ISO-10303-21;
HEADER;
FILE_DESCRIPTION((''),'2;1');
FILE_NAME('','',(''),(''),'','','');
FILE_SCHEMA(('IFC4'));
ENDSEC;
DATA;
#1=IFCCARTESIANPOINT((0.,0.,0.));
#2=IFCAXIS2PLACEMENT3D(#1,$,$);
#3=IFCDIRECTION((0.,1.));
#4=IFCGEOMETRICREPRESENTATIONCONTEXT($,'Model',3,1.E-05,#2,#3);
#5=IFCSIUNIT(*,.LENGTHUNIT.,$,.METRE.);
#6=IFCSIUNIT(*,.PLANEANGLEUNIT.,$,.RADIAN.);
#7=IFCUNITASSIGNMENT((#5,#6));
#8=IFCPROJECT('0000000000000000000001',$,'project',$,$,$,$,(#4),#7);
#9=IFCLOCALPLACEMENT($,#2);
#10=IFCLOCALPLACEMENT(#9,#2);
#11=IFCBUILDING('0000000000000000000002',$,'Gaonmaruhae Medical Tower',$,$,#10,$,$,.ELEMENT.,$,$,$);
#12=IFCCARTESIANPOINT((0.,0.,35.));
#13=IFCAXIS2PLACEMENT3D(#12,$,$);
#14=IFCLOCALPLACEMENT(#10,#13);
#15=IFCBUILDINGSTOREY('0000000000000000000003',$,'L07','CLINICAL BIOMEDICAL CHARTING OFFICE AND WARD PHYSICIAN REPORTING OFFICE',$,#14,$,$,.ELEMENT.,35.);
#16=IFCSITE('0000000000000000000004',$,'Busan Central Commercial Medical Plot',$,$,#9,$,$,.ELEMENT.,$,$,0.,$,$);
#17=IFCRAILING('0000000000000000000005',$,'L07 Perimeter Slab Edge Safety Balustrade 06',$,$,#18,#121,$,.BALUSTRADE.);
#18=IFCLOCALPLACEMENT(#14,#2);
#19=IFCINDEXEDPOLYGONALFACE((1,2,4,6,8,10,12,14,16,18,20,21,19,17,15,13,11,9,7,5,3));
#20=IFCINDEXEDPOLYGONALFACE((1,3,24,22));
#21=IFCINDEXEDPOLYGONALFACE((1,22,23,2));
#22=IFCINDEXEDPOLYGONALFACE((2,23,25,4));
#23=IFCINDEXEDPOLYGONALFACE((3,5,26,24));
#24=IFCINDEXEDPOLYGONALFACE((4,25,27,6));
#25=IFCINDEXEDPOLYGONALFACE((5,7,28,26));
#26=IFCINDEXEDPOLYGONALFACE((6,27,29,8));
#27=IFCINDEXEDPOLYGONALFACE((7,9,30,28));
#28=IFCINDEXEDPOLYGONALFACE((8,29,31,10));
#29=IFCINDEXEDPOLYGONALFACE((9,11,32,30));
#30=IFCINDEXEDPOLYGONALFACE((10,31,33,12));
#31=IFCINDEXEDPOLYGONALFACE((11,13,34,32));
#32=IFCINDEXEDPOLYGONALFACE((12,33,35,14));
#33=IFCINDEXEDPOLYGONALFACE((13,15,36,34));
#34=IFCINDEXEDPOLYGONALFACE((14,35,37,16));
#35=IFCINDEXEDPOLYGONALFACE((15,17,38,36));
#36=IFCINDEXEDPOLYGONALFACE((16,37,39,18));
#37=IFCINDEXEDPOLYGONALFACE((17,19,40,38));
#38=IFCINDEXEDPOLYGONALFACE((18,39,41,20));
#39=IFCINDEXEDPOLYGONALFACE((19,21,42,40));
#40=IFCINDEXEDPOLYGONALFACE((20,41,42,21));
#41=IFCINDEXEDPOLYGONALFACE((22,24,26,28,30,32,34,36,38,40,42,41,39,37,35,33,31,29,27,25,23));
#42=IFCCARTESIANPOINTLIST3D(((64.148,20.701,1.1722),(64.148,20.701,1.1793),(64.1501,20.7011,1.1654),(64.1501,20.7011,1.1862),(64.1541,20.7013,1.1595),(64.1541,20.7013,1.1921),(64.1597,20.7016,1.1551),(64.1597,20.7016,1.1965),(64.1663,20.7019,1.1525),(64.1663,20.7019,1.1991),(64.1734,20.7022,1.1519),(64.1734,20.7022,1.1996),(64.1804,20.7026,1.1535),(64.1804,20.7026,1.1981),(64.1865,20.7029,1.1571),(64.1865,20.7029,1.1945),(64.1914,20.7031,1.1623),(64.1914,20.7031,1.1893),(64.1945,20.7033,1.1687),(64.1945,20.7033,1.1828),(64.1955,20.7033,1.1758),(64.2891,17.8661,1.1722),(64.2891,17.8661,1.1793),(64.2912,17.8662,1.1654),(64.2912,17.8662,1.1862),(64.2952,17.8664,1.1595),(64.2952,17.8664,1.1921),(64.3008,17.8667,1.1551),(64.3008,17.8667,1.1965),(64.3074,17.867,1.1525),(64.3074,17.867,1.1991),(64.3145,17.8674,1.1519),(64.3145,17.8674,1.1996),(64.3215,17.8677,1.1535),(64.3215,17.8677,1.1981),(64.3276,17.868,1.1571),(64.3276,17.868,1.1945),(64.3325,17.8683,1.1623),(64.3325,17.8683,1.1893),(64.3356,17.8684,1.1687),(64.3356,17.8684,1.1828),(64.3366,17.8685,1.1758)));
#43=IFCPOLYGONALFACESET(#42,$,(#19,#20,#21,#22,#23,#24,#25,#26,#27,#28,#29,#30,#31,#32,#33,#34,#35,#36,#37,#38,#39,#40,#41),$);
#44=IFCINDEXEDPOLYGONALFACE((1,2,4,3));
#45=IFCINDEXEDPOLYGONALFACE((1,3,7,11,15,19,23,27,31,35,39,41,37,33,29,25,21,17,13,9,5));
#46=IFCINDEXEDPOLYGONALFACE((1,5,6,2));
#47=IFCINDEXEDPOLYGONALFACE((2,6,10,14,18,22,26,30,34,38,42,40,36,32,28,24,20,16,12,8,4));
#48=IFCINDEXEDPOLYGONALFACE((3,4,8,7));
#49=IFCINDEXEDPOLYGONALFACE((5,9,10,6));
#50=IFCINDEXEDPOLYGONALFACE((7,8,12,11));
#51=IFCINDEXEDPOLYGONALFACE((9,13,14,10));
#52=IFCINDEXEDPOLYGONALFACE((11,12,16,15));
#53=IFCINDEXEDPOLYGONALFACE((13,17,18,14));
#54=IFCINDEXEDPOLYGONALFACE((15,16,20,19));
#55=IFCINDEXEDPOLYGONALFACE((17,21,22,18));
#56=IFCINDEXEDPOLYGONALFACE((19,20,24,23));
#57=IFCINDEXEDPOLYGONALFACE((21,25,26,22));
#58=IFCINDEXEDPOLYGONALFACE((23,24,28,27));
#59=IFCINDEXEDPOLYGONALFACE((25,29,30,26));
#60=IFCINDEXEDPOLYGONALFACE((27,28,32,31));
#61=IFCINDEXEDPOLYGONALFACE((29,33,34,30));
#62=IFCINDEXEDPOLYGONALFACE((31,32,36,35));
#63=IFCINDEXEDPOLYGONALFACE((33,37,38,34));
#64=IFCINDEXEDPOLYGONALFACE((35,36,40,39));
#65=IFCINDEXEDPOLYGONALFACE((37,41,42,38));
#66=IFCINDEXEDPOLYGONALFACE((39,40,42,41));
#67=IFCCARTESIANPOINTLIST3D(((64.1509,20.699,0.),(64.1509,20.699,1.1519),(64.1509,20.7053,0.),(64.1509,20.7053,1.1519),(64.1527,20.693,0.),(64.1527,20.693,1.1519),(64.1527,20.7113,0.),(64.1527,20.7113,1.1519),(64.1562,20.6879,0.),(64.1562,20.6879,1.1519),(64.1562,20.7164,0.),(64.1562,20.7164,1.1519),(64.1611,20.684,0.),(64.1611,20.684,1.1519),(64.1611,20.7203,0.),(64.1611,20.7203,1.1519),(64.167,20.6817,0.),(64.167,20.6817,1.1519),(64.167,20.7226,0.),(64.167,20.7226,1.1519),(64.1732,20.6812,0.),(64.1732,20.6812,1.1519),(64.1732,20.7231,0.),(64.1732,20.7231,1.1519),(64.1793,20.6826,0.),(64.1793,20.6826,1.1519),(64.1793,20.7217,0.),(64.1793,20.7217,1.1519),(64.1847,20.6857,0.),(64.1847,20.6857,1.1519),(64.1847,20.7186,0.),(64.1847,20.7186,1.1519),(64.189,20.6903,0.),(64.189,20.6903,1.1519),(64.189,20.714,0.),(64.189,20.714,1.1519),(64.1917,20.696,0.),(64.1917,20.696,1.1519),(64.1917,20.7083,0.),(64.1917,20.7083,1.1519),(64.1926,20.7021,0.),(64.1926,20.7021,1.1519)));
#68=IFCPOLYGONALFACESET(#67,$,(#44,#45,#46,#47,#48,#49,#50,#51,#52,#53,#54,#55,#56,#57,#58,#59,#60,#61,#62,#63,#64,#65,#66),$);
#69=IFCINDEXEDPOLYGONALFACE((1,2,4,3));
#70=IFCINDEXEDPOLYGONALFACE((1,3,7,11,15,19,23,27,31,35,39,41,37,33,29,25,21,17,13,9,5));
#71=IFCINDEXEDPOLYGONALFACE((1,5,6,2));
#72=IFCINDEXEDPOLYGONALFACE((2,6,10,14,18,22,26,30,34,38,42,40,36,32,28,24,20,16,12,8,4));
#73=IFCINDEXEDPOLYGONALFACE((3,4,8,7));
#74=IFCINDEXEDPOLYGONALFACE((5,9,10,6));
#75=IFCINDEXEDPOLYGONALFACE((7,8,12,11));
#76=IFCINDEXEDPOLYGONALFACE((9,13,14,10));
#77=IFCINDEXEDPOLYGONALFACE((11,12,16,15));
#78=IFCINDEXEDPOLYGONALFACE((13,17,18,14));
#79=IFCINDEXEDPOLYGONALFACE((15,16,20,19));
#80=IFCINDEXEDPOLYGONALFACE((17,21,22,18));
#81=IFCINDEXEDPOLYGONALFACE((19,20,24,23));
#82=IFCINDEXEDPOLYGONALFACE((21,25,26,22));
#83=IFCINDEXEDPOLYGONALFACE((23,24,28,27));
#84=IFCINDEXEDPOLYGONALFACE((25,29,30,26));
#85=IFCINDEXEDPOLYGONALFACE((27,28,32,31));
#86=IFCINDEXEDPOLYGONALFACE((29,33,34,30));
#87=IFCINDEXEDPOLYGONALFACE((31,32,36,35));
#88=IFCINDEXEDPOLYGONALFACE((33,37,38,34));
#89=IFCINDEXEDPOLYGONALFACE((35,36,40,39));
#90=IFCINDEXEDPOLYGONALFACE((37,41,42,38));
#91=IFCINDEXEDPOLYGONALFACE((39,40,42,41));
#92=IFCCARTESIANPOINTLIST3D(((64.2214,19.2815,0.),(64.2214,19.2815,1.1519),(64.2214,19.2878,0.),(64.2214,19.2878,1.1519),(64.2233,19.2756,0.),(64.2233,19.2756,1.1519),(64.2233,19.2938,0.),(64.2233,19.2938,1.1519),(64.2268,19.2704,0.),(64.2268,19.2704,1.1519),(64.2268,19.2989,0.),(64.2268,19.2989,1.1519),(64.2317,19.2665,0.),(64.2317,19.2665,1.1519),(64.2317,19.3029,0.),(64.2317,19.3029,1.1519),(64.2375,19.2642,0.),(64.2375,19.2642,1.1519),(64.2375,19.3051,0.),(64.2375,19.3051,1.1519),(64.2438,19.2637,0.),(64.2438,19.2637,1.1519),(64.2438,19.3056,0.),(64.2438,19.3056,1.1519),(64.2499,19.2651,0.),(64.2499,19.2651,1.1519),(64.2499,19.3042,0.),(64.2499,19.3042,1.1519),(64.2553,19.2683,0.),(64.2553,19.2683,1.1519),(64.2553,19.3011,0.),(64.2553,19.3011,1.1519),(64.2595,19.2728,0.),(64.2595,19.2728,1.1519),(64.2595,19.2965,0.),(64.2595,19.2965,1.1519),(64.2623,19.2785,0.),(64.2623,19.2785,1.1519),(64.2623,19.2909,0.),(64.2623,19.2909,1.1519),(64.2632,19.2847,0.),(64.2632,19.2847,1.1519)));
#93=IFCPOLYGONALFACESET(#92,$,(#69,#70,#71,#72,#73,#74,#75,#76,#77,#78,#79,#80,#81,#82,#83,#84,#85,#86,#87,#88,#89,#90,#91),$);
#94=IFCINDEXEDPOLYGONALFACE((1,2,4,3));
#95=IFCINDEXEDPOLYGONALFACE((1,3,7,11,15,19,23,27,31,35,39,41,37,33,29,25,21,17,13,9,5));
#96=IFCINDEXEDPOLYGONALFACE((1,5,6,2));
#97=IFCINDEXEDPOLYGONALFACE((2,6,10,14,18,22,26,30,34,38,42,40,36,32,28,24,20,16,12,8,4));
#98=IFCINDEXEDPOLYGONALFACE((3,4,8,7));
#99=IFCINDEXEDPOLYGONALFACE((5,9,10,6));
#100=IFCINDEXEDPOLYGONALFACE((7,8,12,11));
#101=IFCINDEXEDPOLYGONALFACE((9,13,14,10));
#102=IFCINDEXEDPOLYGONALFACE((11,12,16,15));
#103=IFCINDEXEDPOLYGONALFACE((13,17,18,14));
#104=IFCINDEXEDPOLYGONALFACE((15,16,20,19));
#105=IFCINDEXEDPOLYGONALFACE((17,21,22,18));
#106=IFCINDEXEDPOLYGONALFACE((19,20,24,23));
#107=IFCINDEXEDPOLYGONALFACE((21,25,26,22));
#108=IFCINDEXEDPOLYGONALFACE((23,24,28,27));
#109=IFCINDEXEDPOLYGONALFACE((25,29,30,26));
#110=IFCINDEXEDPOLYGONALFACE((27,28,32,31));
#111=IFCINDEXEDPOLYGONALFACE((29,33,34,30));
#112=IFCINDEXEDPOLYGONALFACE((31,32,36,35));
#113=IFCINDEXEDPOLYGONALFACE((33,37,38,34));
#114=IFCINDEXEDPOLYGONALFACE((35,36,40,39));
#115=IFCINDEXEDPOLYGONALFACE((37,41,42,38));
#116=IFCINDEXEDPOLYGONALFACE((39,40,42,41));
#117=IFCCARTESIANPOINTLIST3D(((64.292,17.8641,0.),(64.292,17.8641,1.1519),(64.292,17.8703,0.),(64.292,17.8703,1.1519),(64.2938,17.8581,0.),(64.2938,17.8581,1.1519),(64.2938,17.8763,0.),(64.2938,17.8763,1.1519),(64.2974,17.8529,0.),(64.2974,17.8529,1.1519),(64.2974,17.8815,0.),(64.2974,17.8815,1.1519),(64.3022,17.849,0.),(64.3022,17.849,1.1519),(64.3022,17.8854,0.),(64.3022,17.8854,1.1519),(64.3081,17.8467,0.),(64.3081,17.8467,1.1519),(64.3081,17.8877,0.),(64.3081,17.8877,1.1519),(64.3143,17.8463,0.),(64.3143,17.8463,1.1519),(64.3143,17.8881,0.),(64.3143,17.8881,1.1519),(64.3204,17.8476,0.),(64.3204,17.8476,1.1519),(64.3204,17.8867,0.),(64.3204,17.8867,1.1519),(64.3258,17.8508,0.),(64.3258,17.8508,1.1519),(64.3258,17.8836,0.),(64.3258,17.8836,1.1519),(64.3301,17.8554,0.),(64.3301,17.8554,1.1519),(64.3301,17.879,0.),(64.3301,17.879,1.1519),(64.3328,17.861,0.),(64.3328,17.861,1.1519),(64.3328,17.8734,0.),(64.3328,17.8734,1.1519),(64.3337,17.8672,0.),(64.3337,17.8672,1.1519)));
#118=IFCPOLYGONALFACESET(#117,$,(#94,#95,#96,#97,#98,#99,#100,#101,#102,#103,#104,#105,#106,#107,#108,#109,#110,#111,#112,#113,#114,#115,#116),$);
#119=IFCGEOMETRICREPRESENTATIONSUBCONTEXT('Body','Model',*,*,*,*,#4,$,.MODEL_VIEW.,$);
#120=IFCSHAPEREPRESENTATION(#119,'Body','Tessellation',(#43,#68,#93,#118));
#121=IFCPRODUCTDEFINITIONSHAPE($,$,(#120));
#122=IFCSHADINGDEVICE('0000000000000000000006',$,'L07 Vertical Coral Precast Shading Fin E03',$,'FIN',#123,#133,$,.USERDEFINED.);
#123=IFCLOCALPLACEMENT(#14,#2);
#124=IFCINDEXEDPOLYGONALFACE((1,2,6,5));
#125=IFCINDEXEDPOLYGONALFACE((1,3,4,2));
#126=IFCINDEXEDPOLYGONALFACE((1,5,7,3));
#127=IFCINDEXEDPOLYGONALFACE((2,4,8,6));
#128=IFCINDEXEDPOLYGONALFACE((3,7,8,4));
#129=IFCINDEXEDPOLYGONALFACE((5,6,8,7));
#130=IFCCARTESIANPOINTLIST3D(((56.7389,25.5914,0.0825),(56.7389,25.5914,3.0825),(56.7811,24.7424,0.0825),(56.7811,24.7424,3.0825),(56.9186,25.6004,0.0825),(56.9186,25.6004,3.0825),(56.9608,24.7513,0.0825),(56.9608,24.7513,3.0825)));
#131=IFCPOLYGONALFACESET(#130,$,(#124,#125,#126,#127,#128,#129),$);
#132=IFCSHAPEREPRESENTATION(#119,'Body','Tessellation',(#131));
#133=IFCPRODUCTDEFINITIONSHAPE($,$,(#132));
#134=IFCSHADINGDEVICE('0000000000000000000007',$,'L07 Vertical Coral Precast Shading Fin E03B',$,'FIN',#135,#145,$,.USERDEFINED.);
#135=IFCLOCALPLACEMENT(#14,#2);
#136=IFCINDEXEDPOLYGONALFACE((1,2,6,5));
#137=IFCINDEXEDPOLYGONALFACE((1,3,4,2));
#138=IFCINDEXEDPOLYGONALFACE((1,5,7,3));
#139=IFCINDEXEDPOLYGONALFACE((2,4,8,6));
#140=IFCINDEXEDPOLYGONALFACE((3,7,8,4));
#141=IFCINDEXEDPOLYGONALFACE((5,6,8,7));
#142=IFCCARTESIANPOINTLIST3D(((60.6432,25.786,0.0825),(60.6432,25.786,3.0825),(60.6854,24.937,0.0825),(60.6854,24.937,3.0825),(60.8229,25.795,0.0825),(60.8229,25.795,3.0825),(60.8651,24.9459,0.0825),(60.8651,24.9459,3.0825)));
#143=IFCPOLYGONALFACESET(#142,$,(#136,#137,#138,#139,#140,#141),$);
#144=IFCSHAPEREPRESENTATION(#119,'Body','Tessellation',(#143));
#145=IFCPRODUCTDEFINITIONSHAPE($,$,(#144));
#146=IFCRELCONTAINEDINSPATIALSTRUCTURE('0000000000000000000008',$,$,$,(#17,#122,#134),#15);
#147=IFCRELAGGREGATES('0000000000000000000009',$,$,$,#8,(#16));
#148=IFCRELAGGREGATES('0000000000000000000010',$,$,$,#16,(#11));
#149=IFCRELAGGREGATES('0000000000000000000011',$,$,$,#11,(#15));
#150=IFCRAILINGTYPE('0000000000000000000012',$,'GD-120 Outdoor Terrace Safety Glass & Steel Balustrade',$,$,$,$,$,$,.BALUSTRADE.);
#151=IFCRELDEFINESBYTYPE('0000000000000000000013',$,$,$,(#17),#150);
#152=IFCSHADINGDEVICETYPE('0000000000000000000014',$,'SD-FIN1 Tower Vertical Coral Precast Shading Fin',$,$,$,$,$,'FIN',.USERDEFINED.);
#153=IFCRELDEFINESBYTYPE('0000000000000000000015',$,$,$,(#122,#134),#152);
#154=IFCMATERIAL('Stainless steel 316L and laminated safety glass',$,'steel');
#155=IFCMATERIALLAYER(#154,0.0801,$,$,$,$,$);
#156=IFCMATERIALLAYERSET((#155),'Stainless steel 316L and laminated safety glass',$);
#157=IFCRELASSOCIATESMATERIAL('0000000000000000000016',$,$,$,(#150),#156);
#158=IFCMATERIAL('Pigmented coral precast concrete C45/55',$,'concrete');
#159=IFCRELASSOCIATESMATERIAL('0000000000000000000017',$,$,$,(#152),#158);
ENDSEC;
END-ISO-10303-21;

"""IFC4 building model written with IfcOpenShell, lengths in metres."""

from ifc_helpers import new_model, si_unit, direction, frame, origin, origin_2d, place, context, subcontext, project, spatial, rectangle, circle, extrude, material, layer, layer_set, type_object, element, save


model = new_model("IFC4")

# Units and contexts
model_context = context("Model", 3, precision=1e-05, world=origin(), true_north=direction((0.0, 1.0)))
body_context = subcontext(model_context, "Body", "Model", "MODEL_VIEW")
ifc_project = project(units=[si_unit("LENGTHUNIT", "METRE"), si_unit("PLANEANGLEUNIT", "RADIAN")], contexts=[model_context])

# Site, building, storey
site_placement = place(None, origin())
site = spatial("IfcSite", under=ifc_project, at=site_placement, Name="Busan Central Commercial Medical Plot", CompositionType="ELEMENT", RefElevation=0.0)
building_placement = place(site_placement, origin())
building = spatial("IfcBuilding", under=site, at=building_placement, Name="Gaonmaruhae Medical Tower", CompositionType="ELEMENT")
storey_placement = place(building_placement, frame((0.0, 0.0, 35.0)))
storey = spatial("IfcBuildingStorey", under=building, at=storey_placement, Name="L07", Description="CLINICAL BIOMEDICAL CHARTING OFFICE AND WARD PHYSICIAN REPORTING OFFICE", CompositionType="ELEMENT", Elevation=35.0)

# Railing
ifc_material_1 = material(Name="Stainless steel 316L and laminated safety glass", Category="steel")
ifc_layer_1 = layer(ifc_material_1, 0.0801)
ifc_layer_set_1 = layer_set([ifc_layer_1], Name="Stainless steel 316L and laminated safety glass")
railing_type = type_object("IfcRailingType", Name="GD-120 Outdoor Terrace Safety Glass & Steel Balustrade", PredefinedType="BALUSTRADE", material=ifc_layer_set_1)
railing_1_placement = place(storey_placement, frame((64.1716, 20.7021, 0.0)))
element("IfcRailing", 1, at=railing_1_placement, inside=storey, type_object=railing_type, Name="L07 Perimeter Slab Edge Safety Balustrade 06", PredefinedType="BALUSTRADE", context=body_context, shape_type="SweptSolid", body=[
    extrude(circle(Radius=0.0239, at=origin_2d()), frame((0.0, 0.0, 1.1758), z_axis=(0.049715, -0.998763, 0.0), x_axis=(0.998763, 0.049715, 0.0)), (0.0, 0.0, 1.0), 2.8384),
    extrude(circle(Radius=0.021, at=origin_2d()), origin(), (0.0, 0.0, 1.0), 1.1519),
    extrude(circle(Radius=0.021, at=origin_2d()), frame((0.0706, -1.4175, 0.0)), (0.0, 0.0, 1.0), 1.1519),
    extrude(circle(Radius=0.021, at=origin_2d()), frame((0.1411, -2.835, 0.0)), (0.0, 0.0, 1.0), 1.1519),
])

# Shading devices
ifc_material_2 = material(Name="Pigmented coral precast concrete C45/55", Category="concrete")
shading_device_type = type_object("IfcShadingDeviceType", Name="SD-FIN1 Tower Vertical Coral Precast Shading Fin", ElementType="FIN", PredefinedType="USERDEFINED", material=ifc_material_2)
for number, where, z_axis, x_axis, name in (
    (2, (56.8499, 25.1714, 0.0825), (0.0, 0.0, 1.0), (0.998763, 0.049721, 0.0), "L07 Vertical Coral Precast Shading Fin E03"),
    (3, (60.7542, 25.366, 0.0825), (0.0, 0.0, 1.0), (0.998763, 0.049721, 0.0), "L07 Vertical Coral Precast Shading Fin E03B"),
):
    element("IfcShadingDevice", number, at=place(storey_placement, frame(where, z_axis=z_axis, x_axis=x_axis)), inside=storey, type_object=shading_device_type, Name=name, ObjectType="FIN", PredefinedType="USERDEFINED", context=body_context, shape_type="SweptSolid", body=[
        extrude(rectangle(XDim=0.1799, YDim=0.8501, at=origin_2d()), origin(), (0.0, 0.0, 1.0), 3.0),
    ])

save(model, "model.ifc")
